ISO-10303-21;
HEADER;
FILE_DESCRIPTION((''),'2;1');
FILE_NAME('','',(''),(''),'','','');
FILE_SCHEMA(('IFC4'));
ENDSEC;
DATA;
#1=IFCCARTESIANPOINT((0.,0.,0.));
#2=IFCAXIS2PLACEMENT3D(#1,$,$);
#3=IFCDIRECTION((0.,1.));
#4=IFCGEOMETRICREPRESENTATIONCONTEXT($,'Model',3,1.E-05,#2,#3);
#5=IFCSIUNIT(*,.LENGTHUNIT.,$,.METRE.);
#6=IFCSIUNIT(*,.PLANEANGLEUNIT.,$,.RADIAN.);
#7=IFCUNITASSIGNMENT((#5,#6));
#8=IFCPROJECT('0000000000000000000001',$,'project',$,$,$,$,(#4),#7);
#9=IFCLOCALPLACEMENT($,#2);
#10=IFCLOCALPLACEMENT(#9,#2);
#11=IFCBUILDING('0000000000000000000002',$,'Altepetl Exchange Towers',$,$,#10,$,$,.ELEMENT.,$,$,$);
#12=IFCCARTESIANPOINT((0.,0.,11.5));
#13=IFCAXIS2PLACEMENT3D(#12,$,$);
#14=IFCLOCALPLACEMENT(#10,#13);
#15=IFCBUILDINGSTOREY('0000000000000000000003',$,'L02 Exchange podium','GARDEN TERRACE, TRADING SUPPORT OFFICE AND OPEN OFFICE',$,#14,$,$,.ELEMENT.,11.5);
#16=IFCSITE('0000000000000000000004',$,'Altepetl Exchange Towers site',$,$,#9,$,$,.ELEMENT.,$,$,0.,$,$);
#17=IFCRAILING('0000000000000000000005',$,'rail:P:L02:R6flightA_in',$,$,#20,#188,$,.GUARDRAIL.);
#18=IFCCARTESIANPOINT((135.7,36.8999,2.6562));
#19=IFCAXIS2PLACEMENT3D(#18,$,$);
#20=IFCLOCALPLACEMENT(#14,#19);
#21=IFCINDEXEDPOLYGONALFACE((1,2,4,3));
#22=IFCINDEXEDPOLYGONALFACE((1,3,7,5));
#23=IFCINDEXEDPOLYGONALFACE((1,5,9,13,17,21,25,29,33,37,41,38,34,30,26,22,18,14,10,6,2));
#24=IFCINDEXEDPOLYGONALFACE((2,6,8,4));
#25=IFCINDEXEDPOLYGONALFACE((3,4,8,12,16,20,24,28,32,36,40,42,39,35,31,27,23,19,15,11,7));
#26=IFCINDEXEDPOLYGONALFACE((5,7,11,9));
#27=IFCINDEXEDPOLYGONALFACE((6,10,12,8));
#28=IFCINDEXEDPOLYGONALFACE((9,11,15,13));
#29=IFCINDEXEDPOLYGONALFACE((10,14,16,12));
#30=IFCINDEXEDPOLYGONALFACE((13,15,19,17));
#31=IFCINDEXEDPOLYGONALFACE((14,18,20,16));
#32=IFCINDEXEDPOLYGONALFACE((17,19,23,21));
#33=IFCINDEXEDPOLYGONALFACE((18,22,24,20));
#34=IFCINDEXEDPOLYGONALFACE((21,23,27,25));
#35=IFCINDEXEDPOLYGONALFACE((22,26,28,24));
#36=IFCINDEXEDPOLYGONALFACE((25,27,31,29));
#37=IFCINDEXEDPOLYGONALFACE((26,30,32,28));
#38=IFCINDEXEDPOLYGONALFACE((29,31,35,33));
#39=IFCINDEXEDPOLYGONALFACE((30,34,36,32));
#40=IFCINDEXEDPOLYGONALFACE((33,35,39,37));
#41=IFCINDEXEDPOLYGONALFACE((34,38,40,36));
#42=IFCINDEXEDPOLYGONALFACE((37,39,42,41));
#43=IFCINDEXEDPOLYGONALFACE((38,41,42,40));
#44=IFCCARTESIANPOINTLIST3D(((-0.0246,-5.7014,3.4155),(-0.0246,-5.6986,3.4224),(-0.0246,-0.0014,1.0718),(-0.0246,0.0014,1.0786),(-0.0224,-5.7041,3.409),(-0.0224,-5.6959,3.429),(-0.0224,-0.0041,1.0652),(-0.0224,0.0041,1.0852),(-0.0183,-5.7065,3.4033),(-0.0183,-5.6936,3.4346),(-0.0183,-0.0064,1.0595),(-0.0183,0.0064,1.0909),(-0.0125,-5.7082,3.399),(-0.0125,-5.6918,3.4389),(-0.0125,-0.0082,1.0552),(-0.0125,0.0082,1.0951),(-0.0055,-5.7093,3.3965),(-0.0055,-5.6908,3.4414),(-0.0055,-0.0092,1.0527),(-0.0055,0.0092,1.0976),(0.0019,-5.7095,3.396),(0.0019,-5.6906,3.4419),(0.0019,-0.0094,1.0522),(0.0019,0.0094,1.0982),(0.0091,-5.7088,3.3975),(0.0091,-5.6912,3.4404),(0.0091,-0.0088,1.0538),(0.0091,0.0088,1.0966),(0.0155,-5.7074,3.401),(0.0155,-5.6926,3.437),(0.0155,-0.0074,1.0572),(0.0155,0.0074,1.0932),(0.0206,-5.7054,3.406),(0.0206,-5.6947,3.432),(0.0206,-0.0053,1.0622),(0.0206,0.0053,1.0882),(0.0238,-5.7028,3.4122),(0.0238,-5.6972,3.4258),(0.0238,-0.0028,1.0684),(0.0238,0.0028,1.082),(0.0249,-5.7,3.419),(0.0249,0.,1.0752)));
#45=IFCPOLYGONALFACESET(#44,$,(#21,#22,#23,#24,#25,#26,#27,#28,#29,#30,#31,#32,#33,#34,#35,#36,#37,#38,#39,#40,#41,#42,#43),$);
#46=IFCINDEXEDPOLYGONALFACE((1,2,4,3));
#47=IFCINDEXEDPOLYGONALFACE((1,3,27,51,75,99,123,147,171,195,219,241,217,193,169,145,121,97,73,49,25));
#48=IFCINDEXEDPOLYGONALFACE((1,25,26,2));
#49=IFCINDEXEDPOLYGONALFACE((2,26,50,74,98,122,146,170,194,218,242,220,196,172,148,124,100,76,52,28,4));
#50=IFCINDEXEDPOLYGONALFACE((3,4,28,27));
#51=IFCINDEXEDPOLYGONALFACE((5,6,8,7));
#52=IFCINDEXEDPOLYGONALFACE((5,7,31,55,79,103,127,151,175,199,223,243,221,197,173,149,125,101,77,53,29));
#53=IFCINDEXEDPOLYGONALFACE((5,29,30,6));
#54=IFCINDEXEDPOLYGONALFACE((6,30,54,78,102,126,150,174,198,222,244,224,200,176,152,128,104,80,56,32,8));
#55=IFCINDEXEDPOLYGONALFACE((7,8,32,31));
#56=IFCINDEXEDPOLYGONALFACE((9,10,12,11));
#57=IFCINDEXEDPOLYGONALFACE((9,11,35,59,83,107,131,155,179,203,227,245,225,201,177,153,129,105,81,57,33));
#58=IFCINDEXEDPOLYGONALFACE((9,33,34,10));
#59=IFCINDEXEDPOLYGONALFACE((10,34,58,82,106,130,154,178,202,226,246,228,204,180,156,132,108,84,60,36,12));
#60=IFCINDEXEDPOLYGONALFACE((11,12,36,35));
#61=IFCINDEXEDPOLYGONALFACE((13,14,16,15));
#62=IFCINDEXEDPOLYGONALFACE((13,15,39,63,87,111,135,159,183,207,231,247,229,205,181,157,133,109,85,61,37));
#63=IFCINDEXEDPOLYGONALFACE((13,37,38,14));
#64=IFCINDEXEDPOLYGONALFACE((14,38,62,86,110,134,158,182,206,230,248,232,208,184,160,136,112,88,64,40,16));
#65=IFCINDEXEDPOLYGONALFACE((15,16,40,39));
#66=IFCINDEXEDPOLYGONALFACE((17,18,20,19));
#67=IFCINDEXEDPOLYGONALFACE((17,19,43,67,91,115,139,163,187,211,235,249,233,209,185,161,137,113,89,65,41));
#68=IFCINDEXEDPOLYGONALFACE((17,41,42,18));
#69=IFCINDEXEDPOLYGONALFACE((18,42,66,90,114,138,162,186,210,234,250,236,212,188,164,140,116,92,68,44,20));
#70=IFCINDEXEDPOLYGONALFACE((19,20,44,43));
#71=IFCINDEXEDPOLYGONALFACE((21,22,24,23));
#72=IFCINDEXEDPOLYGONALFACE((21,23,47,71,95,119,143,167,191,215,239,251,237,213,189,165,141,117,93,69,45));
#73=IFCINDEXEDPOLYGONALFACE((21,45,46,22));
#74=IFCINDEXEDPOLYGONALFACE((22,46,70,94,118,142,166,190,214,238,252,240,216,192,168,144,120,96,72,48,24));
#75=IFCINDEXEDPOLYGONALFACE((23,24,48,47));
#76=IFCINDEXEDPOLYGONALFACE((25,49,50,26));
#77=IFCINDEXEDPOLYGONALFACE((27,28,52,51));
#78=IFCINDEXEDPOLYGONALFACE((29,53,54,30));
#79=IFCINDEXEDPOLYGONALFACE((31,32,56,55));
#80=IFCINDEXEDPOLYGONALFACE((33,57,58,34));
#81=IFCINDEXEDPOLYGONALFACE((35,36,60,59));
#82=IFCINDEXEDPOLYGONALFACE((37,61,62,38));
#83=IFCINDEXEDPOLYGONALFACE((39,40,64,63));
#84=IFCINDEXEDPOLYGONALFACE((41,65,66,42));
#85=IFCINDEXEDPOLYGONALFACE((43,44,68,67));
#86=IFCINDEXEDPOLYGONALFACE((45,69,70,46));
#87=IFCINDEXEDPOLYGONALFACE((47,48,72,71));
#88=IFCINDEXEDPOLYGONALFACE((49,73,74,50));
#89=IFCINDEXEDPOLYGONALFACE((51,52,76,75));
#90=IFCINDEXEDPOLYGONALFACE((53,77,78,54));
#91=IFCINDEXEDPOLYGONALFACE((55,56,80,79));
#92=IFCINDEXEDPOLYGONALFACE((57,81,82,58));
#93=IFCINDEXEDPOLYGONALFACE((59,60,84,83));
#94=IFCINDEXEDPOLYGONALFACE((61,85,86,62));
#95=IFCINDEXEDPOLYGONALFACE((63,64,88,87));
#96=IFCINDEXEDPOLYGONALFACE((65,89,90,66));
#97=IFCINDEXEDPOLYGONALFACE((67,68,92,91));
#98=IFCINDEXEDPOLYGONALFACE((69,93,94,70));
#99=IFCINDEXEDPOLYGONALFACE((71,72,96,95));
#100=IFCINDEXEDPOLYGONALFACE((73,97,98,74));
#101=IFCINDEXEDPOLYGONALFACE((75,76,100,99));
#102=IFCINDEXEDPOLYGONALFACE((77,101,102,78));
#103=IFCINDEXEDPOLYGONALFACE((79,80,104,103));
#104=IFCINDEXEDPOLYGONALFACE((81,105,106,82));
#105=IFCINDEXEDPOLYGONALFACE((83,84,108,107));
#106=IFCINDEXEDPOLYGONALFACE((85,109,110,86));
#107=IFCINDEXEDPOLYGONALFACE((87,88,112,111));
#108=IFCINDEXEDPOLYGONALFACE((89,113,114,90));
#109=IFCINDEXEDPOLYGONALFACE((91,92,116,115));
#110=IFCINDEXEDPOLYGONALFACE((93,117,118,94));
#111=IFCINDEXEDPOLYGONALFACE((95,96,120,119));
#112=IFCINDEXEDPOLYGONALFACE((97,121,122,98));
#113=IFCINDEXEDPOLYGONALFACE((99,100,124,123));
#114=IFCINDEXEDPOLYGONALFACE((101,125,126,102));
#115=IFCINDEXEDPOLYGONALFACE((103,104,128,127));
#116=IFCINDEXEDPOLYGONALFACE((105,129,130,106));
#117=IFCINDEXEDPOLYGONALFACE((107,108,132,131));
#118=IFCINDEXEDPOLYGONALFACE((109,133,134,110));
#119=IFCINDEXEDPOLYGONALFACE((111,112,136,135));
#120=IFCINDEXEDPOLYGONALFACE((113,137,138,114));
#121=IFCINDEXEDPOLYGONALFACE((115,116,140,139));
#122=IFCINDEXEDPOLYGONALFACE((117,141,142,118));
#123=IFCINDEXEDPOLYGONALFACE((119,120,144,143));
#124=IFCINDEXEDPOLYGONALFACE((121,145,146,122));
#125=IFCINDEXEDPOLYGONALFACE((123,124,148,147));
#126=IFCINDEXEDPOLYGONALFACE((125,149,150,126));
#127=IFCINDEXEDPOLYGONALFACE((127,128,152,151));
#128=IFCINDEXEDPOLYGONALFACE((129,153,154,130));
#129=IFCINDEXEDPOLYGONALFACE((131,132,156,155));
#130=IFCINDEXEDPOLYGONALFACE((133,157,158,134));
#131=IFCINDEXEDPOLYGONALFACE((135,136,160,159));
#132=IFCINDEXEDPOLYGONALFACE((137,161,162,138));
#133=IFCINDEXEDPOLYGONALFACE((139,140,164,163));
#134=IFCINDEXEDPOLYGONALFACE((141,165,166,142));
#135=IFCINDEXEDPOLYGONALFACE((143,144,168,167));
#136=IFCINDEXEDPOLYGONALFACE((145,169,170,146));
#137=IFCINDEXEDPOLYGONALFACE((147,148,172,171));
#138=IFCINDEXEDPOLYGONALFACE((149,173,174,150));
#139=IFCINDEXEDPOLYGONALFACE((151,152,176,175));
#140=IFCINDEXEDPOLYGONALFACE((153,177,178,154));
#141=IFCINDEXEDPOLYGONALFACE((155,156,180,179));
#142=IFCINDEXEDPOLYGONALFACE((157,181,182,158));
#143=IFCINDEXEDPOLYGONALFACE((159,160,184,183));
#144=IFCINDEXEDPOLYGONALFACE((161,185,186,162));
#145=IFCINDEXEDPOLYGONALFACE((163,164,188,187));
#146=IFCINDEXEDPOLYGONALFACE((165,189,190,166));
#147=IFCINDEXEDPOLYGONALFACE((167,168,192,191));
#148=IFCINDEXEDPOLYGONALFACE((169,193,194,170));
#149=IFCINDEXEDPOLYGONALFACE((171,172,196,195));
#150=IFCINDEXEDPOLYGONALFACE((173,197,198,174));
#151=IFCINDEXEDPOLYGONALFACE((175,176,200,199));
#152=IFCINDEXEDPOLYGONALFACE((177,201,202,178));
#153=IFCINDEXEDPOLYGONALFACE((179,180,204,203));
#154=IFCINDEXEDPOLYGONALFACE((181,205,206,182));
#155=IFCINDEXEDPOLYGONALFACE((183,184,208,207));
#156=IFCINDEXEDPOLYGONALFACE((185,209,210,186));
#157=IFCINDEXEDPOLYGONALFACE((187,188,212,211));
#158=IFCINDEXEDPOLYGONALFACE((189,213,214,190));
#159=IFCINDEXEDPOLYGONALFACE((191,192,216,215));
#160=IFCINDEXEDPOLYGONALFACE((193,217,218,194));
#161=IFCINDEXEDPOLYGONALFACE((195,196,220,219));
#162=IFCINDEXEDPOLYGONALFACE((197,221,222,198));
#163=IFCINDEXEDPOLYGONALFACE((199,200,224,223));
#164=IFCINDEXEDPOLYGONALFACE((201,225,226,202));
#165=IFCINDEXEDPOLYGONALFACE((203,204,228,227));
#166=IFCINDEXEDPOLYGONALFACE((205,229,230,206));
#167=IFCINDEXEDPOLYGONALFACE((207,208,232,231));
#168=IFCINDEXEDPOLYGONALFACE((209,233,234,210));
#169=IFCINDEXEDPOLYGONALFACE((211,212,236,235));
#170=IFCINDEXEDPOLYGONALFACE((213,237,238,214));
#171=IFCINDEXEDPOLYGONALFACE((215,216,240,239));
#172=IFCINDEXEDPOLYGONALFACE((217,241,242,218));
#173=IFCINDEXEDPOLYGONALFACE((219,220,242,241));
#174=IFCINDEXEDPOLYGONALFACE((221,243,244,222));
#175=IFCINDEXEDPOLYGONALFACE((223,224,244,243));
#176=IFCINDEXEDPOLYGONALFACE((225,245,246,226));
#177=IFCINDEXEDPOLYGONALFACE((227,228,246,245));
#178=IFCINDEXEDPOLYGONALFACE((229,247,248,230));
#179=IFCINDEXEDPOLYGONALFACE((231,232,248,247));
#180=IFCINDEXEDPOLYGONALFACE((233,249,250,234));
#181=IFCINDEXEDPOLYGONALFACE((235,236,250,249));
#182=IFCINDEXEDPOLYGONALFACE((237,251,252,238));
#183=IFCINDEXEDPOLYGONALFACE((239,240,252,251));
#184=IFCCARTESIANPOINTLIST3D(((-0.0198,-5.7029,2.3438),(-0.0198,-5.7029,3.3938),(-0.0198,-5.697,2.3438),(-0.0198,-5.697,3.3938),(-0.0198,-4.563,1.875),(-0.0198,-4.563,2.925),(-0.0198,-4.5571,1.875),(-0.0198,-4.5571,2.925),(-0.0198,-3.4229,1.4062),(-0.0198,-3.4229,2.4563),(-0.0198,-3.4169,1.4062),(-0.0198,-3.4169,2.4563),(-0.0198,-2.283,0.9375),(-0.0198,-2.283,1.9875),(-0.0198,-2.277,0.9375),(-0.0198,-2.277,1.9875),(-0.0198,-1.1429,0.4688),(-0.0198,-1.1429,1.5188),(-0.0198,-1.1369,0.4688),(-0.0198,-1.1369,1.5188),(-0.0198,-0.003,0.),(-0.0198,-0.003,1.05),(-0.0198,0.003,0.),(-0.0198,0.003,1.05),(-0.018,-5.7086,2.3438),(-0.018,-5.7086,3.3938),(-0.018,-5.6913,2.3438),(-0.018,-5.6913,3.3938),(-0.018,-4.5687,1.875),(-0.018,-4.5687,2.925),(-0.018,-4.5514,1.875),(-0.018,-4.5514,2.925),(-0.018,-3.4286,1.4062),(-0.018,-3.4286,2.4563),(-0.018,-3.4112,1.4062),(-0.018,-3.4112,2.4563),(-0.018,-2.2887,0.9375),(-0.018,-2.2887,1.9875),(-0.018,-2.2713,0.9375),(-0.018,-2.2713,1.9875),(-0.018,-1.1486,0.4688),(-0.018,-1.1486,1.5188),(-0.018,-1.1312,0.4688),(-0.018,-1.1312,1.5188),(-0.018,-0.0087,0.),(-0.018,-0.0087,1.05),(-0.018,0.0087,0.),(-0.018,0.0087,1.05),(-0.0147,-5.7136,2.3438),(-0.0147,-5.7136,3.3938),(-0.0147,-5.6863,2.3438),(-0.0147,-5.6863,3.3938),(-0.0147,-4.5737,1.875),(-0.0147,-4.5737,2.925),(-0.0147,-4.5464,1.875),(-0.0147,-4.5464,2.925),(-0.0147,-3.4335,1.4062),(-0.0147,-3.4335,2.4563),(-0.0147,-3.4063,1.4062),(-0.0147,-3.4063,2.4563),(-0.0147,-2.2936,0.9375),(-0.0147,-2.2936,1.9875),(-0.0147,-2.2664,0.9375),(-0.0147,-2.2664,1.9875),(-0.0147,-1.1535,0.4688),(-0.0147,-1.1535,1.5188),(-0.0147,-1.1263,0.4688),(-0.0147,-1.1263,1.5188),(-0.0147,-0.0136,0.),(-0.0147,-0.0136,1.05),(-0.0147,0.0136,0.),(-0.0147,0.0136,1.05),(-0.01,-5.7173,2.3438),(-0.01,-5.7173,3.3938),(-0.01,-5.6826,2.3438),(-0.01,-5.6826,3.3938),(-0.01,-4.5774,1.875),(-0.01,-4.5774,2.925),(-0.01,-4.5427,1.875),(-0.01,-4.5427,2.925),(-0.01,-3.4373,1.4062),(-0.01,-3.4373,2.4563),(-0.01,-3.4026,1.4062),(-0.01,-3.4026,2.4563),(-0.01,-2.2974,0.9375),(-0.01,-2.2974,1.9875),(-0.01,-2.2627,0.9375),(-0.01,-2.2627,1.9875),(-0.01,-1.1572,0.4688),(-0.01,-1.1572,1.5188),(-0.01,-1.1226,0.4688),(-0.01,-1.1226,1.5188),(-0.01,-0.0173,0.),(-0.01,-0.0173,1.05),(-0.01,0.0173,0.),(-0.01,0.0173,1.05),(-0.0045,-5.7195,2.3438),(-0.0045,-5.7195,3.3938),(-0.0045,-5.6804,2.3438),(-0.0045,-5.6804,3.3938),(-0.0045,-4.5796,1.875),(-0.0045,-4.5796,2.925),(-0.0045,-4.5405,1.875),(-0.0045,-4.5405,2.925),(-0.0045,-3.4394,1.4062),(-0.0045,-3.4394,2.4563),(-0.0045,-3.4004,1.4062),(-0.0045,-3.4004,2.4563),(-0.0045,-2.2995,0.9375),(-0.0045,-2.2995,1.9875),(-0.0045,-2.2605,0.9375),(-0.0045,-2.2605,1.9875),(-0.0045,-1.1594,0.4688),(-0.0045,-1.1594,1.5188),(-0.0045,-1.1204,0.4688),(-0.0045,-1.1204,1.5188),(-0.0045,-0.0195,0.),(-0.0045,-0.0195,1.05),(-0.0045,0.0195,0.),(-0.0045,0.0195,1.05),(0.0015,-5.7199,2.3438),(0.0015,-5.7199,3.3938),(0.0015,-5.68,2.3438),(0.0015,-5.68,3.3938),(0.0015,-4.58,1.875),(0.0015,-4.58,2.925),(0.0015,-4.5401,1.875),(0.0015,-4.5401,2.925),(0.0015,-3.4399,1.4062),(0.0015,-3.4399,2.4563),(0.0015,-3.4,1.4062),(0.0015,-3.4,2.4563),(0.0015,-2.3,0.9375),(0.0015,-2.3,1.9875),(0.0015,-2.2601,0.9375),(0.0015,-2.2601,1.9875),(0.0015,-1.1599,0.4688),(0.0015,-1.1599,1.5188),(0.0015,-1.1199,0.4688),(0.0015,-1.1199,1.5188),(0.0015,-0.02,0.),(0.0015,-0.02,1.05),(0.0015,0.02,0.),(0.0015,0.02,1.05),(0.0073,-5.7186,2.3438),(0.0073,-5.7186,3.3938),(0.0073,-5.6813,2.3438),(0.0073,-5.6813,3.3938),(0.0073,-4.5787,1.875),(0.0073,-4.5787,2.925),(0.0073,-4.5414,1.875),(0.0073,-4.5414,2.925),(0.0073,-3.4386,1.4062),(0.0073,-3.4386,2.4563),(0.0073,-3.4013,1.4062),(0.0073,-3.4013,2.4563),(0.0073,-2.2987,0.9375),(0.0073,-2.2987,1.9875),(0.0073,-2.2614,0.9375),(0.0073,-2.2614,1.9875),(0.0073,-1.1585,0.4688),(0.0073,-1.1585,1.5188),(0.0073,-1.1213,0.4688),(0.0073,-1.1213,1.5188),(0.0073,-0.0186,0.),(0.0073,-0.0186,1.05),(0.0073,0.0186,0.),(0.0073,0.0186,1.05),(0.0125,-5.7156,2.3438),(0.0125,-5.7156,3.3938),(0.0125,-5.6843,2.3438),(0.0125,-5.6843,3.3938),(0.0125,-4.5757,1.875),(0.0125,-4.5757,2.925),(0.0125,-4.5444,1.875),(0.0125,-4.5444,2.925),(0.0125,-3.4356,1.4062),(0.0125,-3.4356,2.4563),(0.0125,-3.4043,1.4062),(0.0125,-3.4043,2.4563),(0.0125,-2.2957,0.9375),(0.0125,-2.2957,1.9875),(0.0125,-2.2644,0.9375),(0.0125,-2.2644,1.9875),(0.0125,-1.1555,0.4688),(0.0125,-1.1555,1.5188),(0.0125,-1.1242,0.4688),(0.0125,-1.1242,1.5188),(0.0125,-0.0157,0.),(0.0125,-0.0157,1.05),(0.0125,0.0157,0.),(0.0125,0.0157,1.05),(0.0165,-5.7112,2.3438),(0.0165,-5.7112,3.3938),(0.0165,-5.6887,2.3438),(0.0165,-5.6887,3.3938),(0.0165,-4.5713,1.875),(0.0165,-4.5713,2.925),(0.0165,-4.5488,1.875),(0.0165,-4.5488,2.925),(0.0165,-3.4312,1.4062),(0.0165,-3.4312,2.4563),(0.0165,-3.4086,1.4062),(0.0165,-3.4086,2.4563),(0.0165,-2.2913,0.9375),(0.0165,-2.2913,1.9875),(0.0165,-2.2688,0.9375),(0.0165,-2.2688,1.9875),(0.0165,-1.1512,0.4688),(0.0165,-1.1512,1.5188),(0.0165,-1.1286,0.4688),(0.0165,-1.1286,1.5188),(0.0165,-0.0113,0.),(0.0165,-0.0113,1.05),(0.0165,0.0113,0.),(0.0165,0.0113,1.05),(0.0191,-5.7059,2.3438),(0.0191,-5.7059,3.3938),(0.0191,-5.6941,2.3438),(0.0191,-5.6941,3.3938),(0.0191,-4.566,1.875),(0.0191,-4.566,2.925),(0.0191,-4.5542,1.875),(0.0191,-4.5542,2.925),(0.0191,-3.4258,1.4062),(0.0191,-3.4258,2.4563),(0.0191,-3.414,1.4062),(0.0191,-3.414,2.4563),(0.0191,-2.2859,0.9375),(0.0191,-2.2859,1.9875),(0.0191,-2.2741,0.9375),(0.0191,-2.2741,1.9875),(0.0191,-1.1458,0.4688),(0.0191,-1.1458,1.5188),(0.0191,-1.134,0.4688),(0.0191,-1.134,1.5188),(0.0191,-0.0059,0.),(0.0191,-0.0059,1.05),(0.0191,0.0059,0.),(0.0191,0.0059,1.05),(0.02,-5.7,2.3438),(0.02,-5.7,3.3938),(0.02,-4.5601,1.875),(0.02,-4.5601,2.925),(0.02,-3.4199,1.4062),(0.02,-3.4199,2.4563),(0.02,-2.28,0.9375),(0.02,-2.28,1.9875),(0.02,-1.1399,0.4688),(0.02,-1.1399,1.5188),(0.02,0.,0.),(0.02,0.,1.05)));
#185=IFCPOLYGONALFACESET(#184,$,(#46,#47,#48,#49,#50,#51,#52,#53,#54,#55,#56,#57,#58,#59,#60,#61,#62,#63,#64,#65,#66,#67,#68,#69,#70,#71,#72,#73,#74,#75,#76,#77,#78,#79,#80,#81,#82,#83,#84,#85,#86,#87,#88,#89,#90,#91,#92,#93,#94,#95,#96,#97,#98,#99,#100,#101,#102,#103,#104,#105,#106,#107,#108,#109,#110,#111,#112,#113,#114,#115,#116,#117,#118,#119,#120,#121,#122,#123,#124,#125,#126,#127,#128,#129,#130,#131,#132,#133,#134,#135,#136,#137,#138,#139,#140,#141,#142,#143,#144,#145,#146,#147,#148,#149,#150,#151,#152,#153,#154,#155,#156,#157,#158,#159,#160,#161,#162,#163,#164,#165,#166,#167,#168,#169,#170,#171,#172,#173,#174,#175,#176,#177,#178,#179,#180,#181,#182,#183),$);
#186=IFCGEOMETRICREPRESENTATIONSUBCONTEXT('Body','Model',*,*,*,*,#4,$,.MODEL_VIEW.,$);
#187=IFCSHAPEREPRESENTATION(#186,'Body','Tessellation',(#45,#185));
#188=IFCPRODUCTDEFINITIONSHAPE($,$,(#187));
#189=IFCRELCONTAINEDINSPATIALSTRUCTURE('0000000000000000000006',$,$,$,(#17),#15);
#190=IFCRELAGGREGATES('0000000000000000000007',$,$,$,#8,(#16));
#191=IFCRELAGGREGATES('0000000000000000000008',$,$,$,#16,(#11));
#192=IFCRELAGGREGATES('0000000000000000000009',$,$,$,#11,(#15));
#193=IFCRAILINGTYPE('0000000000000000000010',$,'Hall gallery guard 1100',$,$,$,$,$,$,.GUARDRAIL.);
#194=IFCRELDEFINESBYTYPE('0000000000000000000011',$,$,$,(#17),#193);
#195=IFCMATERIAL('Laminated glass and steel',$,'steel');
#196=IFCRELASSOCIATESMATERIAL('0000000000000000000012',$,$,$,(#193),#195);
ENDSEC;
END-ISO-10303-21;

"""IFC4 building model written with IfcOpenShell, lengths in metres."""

from ifc_helpers import new_model, si_unit, direction, frame, origin, origin_2d, place, context, subcontext, project, spatial, circle, extrude, source, transform, mapped, material, type_object, element, save


model = new_model("IFC4")

# Units and contexts
model_context = context("Model", 3, precision=1e-05, world=origin(), true_north=direction((0.0, 1.0)))
body_context = subcontext(model_context, "Body", "Model", "MODEL_VIEW")
ifc_project = project(units=[si_unit("LENGTHUNIT", "METRE"), si_unit("PLANEANGLEUNIT", "RADIAN")], contexts=[model_context])

# Site, building, storey
site_placement = place(None, origin())
site = spatial("IfcSite", under=ifc_project, at=site_placement, Name="Altepetl Exchange Towers site", CompositionType="ELEMENT", RefElevation=0.0)
building_placement = place(site_placement, origin())
building = spatial("IfcBuilding", under=site, at=building_placement, Name="Altepetl Exchange Towers", CompositionType="ELEMENT")
storey_placement = place(building_placement, frame((0.0, 0.0, 11.5)))
storey = spatial("IfcBuildingStorey", under=building, at=storey_placement, Name="L02 Exchange podium", Description="GARDEN TERRACE, TRADING SUPPORT OFFICE AND OPEN OFFICE", CompositionType="ELEMENT", Elevation=11.5)

# Railing
ifc_material_1 = material(Name="Laminated glass and steel", Category="steel")
railing_type = type_object("IfcRailingType", Name="Hall gallery guard 1100", PredefinedType="GUARDRAIL", material=ifc_material_1)
shared_shape = source(origin(), body_context, "Body", "SweptSolid", [
    extrude(circle(Radius=0.02, at=origin_2d()), origin(), (0.0, 0.0, 1.0), 1.05),
])
railing_1_placement = place(storey_placement, frame((135.7, 36.8999, 2.6562)))
element("IfcRailing", 1, at=railing_1_placement, inside=storey, type_object=railing_type, Name="rail:P:L02:R6flightA_in", PredefinedType="GUARDRAIL", context=body_context, shape_type="SweptSolid", body=[
    extrude(circle(Radius=0.0249, at=origin_2d()), frame((0.0, 0.0, 1.0752), z_axis=(0.0, -0.924866, 0.380293), x_axis=(1.0, 0.0, 0.0)), (0.0, 0.0, 1.0), 6.1631),
    mapped(shared_shape, transform((0.0, 0.0, 0.0))),
    mapped(shared_shape, transform((0.0, -1.1399, 0.4688))),
    mapped(shared_shape, transform((0.0, -2.28, 0.9375))),
    mapped(shared_shape, transform((0.0, -3.4199, 1.4062))),
    mapped(shared_shape, transform((0.0, -4.5601, 1.875))),
    mapped(shared_shape, transform((0.0, -5.7, 2.3438))),
])

save(model, "model.ifc")
